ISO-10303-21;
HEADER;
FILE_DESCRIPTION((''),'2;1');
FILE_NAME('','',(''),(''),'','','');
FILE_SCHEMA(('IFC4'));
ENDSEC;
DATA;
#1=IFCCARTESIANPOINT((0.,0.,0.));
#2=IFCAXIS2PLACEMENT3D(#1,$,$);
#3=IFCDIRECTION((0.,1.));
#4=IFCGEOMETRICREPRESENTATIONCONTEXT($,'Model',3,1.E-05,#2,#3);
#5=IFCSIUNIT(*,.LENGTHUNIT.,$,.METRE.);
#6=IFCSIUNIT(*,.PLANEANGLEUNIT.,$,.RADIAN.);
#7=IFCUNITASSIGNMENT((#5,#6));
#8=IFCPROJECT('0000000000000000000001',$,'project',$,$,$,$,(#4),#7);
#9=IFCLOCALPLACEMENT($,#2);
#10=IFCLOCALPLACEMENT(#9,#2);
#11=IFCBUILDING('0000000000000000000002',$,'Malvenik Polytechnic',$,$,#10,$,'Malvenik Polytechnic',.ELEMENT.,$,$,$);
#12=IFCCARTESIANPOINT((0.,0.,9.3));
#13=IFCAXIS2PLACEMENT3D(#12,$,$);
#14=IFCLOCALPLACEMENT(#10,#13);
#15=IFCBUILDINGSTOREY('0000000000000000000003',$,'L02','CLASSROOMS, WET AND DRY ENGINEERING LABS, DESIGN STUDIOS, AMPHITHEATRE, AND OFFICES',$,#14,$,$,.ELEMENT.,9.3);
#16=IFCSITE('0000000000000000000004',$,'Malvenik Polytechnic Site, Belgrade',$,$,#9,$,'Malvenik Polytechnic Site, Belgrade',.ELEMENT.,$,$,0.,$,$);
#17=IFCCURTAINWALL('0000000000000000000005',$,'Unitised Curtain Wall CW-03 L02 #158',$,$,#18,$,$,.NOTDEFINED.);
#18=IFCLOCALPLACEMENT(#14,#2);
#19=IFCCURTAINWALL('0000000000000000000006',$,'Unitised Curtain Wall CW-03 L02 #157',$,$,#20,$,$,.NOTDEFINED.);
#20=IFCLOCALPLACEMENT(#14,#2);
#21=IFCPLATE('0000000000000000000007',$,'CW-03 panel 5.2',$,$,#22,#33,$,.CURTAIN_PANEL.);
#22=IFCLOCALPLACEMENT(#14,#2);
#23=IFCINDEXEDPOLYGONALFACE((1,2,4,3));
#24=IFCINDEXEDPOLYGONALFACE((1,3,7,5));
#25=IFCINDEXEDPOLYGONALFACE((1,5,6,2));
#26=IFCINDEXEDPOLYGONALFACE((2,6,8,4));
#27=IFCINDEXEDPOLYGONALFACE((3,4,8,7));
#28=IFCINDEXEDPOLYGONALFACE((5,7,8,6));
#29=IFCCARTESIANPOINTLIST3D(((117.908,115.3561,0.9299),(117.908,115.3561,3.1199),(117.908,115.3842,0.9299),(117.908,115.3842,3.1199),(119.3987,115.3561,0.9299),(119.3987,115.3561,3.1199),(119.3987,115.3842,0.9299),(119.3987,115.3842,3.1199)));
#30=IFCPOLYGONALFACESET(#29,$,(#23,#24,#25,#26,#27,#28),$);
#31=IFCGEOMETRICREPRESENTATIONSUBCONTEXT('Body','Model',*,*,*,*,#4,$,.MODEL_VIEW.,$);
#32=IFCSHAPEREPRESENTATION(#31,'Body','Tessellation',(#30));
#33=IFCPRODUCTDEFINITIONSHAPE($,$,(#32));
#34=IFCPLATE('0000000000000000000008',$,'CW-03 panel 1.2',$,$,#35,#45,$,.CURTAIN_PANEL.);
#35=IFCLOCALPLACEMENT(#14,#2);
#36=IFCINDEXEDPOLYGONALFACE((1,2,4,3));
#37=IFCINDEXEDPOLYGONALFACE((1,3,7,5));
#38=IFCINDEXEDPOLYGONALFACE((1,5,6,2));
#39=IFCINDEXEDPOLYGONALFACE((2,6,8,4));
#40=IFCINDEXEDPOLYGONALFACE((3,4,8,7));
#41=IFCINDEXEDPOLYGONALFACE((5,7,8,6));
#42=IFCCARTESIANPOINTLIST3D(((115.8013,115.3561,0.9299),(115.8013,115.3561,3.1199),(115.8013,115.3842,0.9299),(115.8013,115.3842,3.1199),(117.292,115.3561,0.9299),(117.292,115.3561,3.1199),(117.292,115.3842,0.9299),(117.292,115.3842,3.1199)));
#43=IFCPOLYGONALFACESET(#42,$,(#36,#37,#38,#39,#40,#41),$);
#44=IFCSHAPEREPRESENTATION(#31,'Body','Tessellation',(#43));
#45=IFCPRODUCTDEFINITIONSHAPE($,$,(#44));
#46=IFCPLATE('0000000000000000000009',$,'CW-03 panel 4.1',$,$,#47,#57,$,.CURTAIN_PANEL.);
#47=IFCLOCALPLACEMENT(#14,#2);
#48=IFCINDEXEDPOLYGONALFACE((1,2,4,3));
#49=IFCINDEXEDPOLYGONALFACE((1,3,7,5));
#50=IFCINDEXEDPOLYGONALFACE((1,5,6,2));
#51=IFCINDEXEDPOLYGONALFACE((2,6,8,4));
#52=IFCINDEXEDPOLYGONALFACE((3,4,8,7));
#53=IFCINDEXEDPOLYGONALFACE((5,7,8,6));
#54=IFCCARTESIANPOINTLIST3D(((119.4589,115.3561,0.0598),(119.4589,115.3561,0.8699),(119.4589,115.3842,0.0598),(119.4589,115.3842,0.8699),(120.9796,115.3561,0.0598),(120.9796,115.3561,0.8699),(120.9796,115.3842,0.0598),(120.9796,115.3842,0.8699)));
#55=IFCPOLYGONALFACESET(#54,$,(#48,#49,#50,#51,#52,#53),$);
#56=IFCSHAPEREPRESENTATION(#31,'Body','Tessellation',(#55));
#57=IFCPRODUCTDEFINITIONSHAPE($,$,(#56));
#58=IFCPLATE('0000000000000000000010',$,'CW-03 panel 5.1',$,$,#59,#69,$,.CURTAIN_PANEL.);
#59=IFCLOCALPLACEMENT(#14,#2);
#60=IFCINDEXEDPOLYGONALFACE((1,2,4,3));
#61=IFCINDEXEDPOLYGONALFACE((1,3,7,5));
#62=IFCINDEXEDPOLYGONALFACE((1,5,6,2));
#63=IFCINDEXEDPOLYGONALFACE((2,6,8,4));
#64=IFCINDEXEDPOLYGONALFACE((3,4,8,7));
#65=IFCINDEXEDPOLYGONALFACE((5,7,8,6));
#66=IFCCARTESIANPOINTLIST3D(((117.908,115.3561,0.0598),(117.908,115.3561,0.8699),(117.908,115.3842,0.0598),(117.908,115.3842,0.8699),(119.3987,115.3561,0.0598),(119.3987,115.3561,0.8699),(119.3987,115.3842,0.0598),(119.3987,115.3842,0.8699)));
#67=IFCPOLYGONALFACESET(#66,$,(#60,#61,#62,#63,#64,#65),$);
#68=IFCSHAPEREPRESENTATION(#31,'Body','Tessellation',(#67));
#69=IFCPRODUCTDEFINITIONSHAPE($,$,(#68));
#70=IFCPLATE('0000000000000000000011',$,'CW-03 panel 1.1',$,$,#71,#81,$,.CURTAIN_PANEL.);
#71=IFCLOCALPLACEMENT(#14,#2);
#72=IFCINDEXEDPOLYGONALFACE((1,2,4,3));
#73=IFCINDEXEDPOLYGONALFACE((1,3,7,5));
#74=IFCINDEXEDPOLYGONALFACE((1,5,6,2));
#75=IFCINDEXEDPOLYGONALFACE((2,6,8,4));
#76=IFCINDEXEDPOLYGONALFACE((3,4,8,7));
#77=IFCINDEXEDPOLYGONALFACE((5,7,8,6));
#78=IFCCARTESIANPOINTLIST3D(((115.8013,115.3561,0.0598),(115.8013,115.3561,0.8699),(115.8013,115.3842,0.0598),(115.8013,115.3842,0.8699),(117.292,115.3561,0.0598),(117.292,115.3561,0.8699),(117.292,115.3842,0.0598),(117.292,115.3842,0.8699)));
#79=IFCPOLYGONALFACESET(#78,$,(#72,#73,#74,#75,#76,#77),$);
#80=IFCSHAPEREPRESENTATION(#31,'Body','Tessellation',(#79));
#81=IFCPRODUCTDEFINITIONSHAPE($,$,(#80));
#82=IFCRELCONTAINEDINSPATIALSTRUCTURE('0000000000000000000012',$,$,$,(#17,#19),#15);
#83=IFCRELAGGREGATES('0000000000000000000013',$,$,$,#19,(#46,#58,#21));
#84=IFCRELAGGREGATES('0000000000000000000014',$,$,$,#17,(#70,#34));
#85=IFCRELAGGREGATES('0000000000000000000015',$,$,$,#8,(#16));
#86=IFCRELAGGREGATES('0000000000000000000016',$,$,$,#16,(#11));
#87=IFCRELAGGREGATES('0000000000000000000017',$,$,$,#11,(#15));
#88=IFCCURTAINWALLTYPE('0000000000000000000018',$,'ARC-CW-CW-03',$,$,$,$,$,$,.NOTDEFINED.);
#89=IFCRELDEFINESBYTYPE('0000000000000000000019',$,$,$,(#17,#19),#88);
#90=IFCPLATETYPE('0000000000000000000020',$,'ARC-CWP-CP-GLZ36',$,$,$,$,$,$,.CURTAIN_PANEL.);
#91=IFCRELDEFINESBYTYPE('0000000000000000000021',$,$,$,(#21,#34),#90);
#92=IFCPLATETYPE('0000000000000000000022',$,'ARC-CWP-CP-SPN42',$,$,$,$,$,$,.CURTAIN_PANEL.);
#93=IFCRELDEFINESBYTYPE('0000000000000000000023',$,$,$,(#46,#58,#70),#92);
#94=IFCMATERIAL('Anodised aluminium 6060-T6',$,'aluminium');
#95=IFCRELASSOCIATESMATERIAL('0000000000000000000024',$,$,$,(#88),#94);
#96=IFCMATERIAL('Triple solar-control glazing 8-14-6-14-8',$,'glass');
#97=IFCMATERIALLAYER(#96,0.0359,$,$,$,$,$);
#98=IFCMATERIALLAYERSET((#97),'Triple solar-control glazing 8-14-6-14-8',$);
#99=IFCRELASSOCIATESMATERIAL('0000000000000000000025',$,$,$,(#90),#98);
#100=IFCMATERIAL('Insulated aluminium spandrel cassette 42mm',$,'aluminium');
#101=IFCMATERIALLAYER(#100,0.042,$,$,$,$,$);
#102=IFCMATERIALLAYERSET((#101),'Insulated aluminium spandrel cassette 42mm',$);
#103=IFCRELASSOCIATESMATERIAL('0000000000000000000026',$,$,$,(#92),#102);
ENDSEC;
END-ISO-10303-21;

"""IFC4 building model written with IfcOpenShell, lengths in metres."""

from ifc_helpers import new_model, si_unit, direction, frame, origin, origin_2d, place, context, subcontext, project, spatial, rectangle, extrude, material, layer, layer_set, type_object, element, aggregate, save


model = new_model("IFC4")

# Units and contexts
model_context = context("Model", 3, precision=1e-05, world=origin(), true_north=direction((0.0, 1.0)))
body_context = subcontext(model_context, "Body", "Model", "MODEL_VIEW")
ifc_project = project(units=[si_unit("LENGTHUNIT", "METRE"), si_unit("PLANEANGLEUNIT", "RADIAN")], contexts=[model_context])

# Site, building, storey
site_placement = place(None, origin())
site = spatial("IfcSite", under=ifc_project, at=site_placement, Name="Malvenik Polytechnic Site, Belgrade", LongName="Malvenik Polytechnic Site, Belgrade", CompositionType="ELEMENT", RefElevation=0.0)
building_placement = place(site_placement, origin())
building = spatial("IfcBuilding", under=site, at=building_placement, Name="Malvenik Polytechnic", LongName="Malvenik Polytechnic", CompositionType="ELEMENT")
storey_placement = place(building_placement, frame((0.0, 0.0, 9.3)))
storey = spatial("IfcBuildingStorey", under=building, at=storey_placement, Name="L02", Description="CLASSROOMS, WET AND DRY ENGINEERING LABS, DESIGN STUDIOS, AMPHITHEATRE, AND OFFICES", CompositionType="ELEMENT", Elevation=9.3)

# Curtain walls
ifc_material_1 = material(Name="Anodised aluminium 6060-T6", Category="aluminium")
curtain_wall_type = type_object("IfcCurtainWallType", Name="ARC-CW-CW-03", PredefinedType="NOTDEFINED", material=ifc_material_1)
curtain_wall_1_placement = place(storey_placement, origin())
curtain_wall_1 = element("IfcCurtainWall", 1, at=curtain_wall_1_placement, inside=storey, type_object=curtain_wall_type, Name="Unitised Curtain Wall CW-03 L02 #158", PredefinedType="NOTDEFINED")
curtain_wall_2_placement = place(storey_placement, origin())
curtain_wall_2 = element("IfcCurtainWall", 2, at=curtain_wall_2_placement, inside=storey, type_object=curtain_wall_type, Name="Unitised Curtain Wall CW-03 L02 #157", PredefinedType="NOTDEFINED")

# Plates
ifc_material_2 = material(Name="Triple solar-control glazing 8-14-6-14-8", Category="glass")
ifc_layer_1 = layer(ifc_material_2, 0.0359)
ifc_layer_set_1 = layer_set([ifc_layer_1], Name="Triple solar-control glazing 8-14-6-14-8")
plate_type_1 = type_object("IfcPlateType", Name="ARC-CWP-CP-GLZ36", PredefinedType="CURTAIN_PANEL", material=ifc_layer_set_1)
plate_1_placement = place(storey_placement, frame((118.6533, 115.3701, 0.9299), z_axis=(0.0, 0.0, 1.0), x_axis=(-1.0, 0.0, 0.0)))
plate_1 = element("IfcPlate", 3, at=plate_1_placement, type_object=plate_type_1, Name="CW-03 panel 5.2", PredefinedType="CURTAIN_PANEL", context=body_context, shape_type="SweptSolid", body=[
    extrude(rectangle(XDim=1.4907, YDim=0.0281, at=origin_2d()), origin(), (0.0, 0.0, 1.0), 2.1899),
])
plate_2_placement = place(storey_placement, frame((116.5466, 115.3701, 0.9299), z_axis=(0.0, 0.0, 1.0), x_axis=(-1.0, 0.0, 0.0)))
plate_2 = element("IfcPlate", 4, at=plate_2_placement, type_object=plate_type_1, Name="CW-03 panel 1.2", PredefinedType="CURTAIN_PANEL", context=body_context, shape_type="SweptSolid", body=[
    extrude(rectangle(XDim=1.4907, YDim=0.0281, at=origin_2d()), origin(), (0.0, 0.0, 1.0), 2.1899),
])
ifc_material_3 = material(Name="Insulated aluminium spandrel cassette 42mm", Category="aluminium")
ifc_layer_2 = layer(ifc_material_3, 0.042)
ifc_layer_set_2 = layer_set([ifc_layer_2], Name="Insulated aluminium spandrel cassette 42mm")
plate_type_2 = type_object("IfcPlateType", Name="ARC-CWP-CP-SPN42", PredefinedType="CURTAIN_PANEL", material=ifc_layer_set_2)
plate_3_placement = place(storey_placement, frame((120.2192, 115.3701, 0.0598), z_axis=(0.0, 0.0, 1.0), x_axis=(-1.0, 0.0, 0.0)))
plate_3 = element("IfcPlate", 5, at=plate_3_placement, type_object=plate_type_2, Name="CW-03 panel 4.1", PredefinedType="CURTAIN_PANEL", context=body_context, shape_type="SweptSolid", body=[
    extrude(rectangle(XDim=1.5208, YDim=0.0281, at=origin_2d()), origin(), (0.0, 0.0, 1.0), 0.8101),
])
plate_4_placement = place(storey_placement, frame((118.6533, 115.3701, 0.0598), z_axis=(0.0, 0.0, 1.0), x_axis=(-1.0, 0.0, 0.0)))
plate_4 = element("IfcPlate", 6, at=plate_4_placement, type_object=plate_type_2, Name="CW-03 panel 5.1", PredefinedType="CURTAIN_PANEL", context=body_context, shape_type="SweptSolid", body=[
    extrude(rectangle(XDim=1.4907, YDim=0.0281, at=origin_2d()), origin(), (0.0, 0.0, 1.0), 0.8101),
])
aggregate(curtain_wall_2, [plate_3, plate_4, plate_1])
plate_5_placement = place(storey_placement, frame((116.5466, 115.3701, 0.0598), z_axis=(0.0, 0.0, 1.0), x_axis=(-1.0, 0.0, 0.0)))
plate_5 = element("IfcPlate", 7, at=plate_5_placement, type_object=plate_type_2, Name="CW-03 panel 1.1", PredefinedType="CURTAIN_PANEL", context=body_context, shape_type="SweptSolid", body=[
    extrude(rectangle(XDim=1.4907, YDim=0.0281, at=origin_2d()), origin(), (0.0, 0.0, 1.0), 0.8101),
])
aggregate(curtain_wall_1, [plate_5, plate_2])

save(model, "model.ifc")
